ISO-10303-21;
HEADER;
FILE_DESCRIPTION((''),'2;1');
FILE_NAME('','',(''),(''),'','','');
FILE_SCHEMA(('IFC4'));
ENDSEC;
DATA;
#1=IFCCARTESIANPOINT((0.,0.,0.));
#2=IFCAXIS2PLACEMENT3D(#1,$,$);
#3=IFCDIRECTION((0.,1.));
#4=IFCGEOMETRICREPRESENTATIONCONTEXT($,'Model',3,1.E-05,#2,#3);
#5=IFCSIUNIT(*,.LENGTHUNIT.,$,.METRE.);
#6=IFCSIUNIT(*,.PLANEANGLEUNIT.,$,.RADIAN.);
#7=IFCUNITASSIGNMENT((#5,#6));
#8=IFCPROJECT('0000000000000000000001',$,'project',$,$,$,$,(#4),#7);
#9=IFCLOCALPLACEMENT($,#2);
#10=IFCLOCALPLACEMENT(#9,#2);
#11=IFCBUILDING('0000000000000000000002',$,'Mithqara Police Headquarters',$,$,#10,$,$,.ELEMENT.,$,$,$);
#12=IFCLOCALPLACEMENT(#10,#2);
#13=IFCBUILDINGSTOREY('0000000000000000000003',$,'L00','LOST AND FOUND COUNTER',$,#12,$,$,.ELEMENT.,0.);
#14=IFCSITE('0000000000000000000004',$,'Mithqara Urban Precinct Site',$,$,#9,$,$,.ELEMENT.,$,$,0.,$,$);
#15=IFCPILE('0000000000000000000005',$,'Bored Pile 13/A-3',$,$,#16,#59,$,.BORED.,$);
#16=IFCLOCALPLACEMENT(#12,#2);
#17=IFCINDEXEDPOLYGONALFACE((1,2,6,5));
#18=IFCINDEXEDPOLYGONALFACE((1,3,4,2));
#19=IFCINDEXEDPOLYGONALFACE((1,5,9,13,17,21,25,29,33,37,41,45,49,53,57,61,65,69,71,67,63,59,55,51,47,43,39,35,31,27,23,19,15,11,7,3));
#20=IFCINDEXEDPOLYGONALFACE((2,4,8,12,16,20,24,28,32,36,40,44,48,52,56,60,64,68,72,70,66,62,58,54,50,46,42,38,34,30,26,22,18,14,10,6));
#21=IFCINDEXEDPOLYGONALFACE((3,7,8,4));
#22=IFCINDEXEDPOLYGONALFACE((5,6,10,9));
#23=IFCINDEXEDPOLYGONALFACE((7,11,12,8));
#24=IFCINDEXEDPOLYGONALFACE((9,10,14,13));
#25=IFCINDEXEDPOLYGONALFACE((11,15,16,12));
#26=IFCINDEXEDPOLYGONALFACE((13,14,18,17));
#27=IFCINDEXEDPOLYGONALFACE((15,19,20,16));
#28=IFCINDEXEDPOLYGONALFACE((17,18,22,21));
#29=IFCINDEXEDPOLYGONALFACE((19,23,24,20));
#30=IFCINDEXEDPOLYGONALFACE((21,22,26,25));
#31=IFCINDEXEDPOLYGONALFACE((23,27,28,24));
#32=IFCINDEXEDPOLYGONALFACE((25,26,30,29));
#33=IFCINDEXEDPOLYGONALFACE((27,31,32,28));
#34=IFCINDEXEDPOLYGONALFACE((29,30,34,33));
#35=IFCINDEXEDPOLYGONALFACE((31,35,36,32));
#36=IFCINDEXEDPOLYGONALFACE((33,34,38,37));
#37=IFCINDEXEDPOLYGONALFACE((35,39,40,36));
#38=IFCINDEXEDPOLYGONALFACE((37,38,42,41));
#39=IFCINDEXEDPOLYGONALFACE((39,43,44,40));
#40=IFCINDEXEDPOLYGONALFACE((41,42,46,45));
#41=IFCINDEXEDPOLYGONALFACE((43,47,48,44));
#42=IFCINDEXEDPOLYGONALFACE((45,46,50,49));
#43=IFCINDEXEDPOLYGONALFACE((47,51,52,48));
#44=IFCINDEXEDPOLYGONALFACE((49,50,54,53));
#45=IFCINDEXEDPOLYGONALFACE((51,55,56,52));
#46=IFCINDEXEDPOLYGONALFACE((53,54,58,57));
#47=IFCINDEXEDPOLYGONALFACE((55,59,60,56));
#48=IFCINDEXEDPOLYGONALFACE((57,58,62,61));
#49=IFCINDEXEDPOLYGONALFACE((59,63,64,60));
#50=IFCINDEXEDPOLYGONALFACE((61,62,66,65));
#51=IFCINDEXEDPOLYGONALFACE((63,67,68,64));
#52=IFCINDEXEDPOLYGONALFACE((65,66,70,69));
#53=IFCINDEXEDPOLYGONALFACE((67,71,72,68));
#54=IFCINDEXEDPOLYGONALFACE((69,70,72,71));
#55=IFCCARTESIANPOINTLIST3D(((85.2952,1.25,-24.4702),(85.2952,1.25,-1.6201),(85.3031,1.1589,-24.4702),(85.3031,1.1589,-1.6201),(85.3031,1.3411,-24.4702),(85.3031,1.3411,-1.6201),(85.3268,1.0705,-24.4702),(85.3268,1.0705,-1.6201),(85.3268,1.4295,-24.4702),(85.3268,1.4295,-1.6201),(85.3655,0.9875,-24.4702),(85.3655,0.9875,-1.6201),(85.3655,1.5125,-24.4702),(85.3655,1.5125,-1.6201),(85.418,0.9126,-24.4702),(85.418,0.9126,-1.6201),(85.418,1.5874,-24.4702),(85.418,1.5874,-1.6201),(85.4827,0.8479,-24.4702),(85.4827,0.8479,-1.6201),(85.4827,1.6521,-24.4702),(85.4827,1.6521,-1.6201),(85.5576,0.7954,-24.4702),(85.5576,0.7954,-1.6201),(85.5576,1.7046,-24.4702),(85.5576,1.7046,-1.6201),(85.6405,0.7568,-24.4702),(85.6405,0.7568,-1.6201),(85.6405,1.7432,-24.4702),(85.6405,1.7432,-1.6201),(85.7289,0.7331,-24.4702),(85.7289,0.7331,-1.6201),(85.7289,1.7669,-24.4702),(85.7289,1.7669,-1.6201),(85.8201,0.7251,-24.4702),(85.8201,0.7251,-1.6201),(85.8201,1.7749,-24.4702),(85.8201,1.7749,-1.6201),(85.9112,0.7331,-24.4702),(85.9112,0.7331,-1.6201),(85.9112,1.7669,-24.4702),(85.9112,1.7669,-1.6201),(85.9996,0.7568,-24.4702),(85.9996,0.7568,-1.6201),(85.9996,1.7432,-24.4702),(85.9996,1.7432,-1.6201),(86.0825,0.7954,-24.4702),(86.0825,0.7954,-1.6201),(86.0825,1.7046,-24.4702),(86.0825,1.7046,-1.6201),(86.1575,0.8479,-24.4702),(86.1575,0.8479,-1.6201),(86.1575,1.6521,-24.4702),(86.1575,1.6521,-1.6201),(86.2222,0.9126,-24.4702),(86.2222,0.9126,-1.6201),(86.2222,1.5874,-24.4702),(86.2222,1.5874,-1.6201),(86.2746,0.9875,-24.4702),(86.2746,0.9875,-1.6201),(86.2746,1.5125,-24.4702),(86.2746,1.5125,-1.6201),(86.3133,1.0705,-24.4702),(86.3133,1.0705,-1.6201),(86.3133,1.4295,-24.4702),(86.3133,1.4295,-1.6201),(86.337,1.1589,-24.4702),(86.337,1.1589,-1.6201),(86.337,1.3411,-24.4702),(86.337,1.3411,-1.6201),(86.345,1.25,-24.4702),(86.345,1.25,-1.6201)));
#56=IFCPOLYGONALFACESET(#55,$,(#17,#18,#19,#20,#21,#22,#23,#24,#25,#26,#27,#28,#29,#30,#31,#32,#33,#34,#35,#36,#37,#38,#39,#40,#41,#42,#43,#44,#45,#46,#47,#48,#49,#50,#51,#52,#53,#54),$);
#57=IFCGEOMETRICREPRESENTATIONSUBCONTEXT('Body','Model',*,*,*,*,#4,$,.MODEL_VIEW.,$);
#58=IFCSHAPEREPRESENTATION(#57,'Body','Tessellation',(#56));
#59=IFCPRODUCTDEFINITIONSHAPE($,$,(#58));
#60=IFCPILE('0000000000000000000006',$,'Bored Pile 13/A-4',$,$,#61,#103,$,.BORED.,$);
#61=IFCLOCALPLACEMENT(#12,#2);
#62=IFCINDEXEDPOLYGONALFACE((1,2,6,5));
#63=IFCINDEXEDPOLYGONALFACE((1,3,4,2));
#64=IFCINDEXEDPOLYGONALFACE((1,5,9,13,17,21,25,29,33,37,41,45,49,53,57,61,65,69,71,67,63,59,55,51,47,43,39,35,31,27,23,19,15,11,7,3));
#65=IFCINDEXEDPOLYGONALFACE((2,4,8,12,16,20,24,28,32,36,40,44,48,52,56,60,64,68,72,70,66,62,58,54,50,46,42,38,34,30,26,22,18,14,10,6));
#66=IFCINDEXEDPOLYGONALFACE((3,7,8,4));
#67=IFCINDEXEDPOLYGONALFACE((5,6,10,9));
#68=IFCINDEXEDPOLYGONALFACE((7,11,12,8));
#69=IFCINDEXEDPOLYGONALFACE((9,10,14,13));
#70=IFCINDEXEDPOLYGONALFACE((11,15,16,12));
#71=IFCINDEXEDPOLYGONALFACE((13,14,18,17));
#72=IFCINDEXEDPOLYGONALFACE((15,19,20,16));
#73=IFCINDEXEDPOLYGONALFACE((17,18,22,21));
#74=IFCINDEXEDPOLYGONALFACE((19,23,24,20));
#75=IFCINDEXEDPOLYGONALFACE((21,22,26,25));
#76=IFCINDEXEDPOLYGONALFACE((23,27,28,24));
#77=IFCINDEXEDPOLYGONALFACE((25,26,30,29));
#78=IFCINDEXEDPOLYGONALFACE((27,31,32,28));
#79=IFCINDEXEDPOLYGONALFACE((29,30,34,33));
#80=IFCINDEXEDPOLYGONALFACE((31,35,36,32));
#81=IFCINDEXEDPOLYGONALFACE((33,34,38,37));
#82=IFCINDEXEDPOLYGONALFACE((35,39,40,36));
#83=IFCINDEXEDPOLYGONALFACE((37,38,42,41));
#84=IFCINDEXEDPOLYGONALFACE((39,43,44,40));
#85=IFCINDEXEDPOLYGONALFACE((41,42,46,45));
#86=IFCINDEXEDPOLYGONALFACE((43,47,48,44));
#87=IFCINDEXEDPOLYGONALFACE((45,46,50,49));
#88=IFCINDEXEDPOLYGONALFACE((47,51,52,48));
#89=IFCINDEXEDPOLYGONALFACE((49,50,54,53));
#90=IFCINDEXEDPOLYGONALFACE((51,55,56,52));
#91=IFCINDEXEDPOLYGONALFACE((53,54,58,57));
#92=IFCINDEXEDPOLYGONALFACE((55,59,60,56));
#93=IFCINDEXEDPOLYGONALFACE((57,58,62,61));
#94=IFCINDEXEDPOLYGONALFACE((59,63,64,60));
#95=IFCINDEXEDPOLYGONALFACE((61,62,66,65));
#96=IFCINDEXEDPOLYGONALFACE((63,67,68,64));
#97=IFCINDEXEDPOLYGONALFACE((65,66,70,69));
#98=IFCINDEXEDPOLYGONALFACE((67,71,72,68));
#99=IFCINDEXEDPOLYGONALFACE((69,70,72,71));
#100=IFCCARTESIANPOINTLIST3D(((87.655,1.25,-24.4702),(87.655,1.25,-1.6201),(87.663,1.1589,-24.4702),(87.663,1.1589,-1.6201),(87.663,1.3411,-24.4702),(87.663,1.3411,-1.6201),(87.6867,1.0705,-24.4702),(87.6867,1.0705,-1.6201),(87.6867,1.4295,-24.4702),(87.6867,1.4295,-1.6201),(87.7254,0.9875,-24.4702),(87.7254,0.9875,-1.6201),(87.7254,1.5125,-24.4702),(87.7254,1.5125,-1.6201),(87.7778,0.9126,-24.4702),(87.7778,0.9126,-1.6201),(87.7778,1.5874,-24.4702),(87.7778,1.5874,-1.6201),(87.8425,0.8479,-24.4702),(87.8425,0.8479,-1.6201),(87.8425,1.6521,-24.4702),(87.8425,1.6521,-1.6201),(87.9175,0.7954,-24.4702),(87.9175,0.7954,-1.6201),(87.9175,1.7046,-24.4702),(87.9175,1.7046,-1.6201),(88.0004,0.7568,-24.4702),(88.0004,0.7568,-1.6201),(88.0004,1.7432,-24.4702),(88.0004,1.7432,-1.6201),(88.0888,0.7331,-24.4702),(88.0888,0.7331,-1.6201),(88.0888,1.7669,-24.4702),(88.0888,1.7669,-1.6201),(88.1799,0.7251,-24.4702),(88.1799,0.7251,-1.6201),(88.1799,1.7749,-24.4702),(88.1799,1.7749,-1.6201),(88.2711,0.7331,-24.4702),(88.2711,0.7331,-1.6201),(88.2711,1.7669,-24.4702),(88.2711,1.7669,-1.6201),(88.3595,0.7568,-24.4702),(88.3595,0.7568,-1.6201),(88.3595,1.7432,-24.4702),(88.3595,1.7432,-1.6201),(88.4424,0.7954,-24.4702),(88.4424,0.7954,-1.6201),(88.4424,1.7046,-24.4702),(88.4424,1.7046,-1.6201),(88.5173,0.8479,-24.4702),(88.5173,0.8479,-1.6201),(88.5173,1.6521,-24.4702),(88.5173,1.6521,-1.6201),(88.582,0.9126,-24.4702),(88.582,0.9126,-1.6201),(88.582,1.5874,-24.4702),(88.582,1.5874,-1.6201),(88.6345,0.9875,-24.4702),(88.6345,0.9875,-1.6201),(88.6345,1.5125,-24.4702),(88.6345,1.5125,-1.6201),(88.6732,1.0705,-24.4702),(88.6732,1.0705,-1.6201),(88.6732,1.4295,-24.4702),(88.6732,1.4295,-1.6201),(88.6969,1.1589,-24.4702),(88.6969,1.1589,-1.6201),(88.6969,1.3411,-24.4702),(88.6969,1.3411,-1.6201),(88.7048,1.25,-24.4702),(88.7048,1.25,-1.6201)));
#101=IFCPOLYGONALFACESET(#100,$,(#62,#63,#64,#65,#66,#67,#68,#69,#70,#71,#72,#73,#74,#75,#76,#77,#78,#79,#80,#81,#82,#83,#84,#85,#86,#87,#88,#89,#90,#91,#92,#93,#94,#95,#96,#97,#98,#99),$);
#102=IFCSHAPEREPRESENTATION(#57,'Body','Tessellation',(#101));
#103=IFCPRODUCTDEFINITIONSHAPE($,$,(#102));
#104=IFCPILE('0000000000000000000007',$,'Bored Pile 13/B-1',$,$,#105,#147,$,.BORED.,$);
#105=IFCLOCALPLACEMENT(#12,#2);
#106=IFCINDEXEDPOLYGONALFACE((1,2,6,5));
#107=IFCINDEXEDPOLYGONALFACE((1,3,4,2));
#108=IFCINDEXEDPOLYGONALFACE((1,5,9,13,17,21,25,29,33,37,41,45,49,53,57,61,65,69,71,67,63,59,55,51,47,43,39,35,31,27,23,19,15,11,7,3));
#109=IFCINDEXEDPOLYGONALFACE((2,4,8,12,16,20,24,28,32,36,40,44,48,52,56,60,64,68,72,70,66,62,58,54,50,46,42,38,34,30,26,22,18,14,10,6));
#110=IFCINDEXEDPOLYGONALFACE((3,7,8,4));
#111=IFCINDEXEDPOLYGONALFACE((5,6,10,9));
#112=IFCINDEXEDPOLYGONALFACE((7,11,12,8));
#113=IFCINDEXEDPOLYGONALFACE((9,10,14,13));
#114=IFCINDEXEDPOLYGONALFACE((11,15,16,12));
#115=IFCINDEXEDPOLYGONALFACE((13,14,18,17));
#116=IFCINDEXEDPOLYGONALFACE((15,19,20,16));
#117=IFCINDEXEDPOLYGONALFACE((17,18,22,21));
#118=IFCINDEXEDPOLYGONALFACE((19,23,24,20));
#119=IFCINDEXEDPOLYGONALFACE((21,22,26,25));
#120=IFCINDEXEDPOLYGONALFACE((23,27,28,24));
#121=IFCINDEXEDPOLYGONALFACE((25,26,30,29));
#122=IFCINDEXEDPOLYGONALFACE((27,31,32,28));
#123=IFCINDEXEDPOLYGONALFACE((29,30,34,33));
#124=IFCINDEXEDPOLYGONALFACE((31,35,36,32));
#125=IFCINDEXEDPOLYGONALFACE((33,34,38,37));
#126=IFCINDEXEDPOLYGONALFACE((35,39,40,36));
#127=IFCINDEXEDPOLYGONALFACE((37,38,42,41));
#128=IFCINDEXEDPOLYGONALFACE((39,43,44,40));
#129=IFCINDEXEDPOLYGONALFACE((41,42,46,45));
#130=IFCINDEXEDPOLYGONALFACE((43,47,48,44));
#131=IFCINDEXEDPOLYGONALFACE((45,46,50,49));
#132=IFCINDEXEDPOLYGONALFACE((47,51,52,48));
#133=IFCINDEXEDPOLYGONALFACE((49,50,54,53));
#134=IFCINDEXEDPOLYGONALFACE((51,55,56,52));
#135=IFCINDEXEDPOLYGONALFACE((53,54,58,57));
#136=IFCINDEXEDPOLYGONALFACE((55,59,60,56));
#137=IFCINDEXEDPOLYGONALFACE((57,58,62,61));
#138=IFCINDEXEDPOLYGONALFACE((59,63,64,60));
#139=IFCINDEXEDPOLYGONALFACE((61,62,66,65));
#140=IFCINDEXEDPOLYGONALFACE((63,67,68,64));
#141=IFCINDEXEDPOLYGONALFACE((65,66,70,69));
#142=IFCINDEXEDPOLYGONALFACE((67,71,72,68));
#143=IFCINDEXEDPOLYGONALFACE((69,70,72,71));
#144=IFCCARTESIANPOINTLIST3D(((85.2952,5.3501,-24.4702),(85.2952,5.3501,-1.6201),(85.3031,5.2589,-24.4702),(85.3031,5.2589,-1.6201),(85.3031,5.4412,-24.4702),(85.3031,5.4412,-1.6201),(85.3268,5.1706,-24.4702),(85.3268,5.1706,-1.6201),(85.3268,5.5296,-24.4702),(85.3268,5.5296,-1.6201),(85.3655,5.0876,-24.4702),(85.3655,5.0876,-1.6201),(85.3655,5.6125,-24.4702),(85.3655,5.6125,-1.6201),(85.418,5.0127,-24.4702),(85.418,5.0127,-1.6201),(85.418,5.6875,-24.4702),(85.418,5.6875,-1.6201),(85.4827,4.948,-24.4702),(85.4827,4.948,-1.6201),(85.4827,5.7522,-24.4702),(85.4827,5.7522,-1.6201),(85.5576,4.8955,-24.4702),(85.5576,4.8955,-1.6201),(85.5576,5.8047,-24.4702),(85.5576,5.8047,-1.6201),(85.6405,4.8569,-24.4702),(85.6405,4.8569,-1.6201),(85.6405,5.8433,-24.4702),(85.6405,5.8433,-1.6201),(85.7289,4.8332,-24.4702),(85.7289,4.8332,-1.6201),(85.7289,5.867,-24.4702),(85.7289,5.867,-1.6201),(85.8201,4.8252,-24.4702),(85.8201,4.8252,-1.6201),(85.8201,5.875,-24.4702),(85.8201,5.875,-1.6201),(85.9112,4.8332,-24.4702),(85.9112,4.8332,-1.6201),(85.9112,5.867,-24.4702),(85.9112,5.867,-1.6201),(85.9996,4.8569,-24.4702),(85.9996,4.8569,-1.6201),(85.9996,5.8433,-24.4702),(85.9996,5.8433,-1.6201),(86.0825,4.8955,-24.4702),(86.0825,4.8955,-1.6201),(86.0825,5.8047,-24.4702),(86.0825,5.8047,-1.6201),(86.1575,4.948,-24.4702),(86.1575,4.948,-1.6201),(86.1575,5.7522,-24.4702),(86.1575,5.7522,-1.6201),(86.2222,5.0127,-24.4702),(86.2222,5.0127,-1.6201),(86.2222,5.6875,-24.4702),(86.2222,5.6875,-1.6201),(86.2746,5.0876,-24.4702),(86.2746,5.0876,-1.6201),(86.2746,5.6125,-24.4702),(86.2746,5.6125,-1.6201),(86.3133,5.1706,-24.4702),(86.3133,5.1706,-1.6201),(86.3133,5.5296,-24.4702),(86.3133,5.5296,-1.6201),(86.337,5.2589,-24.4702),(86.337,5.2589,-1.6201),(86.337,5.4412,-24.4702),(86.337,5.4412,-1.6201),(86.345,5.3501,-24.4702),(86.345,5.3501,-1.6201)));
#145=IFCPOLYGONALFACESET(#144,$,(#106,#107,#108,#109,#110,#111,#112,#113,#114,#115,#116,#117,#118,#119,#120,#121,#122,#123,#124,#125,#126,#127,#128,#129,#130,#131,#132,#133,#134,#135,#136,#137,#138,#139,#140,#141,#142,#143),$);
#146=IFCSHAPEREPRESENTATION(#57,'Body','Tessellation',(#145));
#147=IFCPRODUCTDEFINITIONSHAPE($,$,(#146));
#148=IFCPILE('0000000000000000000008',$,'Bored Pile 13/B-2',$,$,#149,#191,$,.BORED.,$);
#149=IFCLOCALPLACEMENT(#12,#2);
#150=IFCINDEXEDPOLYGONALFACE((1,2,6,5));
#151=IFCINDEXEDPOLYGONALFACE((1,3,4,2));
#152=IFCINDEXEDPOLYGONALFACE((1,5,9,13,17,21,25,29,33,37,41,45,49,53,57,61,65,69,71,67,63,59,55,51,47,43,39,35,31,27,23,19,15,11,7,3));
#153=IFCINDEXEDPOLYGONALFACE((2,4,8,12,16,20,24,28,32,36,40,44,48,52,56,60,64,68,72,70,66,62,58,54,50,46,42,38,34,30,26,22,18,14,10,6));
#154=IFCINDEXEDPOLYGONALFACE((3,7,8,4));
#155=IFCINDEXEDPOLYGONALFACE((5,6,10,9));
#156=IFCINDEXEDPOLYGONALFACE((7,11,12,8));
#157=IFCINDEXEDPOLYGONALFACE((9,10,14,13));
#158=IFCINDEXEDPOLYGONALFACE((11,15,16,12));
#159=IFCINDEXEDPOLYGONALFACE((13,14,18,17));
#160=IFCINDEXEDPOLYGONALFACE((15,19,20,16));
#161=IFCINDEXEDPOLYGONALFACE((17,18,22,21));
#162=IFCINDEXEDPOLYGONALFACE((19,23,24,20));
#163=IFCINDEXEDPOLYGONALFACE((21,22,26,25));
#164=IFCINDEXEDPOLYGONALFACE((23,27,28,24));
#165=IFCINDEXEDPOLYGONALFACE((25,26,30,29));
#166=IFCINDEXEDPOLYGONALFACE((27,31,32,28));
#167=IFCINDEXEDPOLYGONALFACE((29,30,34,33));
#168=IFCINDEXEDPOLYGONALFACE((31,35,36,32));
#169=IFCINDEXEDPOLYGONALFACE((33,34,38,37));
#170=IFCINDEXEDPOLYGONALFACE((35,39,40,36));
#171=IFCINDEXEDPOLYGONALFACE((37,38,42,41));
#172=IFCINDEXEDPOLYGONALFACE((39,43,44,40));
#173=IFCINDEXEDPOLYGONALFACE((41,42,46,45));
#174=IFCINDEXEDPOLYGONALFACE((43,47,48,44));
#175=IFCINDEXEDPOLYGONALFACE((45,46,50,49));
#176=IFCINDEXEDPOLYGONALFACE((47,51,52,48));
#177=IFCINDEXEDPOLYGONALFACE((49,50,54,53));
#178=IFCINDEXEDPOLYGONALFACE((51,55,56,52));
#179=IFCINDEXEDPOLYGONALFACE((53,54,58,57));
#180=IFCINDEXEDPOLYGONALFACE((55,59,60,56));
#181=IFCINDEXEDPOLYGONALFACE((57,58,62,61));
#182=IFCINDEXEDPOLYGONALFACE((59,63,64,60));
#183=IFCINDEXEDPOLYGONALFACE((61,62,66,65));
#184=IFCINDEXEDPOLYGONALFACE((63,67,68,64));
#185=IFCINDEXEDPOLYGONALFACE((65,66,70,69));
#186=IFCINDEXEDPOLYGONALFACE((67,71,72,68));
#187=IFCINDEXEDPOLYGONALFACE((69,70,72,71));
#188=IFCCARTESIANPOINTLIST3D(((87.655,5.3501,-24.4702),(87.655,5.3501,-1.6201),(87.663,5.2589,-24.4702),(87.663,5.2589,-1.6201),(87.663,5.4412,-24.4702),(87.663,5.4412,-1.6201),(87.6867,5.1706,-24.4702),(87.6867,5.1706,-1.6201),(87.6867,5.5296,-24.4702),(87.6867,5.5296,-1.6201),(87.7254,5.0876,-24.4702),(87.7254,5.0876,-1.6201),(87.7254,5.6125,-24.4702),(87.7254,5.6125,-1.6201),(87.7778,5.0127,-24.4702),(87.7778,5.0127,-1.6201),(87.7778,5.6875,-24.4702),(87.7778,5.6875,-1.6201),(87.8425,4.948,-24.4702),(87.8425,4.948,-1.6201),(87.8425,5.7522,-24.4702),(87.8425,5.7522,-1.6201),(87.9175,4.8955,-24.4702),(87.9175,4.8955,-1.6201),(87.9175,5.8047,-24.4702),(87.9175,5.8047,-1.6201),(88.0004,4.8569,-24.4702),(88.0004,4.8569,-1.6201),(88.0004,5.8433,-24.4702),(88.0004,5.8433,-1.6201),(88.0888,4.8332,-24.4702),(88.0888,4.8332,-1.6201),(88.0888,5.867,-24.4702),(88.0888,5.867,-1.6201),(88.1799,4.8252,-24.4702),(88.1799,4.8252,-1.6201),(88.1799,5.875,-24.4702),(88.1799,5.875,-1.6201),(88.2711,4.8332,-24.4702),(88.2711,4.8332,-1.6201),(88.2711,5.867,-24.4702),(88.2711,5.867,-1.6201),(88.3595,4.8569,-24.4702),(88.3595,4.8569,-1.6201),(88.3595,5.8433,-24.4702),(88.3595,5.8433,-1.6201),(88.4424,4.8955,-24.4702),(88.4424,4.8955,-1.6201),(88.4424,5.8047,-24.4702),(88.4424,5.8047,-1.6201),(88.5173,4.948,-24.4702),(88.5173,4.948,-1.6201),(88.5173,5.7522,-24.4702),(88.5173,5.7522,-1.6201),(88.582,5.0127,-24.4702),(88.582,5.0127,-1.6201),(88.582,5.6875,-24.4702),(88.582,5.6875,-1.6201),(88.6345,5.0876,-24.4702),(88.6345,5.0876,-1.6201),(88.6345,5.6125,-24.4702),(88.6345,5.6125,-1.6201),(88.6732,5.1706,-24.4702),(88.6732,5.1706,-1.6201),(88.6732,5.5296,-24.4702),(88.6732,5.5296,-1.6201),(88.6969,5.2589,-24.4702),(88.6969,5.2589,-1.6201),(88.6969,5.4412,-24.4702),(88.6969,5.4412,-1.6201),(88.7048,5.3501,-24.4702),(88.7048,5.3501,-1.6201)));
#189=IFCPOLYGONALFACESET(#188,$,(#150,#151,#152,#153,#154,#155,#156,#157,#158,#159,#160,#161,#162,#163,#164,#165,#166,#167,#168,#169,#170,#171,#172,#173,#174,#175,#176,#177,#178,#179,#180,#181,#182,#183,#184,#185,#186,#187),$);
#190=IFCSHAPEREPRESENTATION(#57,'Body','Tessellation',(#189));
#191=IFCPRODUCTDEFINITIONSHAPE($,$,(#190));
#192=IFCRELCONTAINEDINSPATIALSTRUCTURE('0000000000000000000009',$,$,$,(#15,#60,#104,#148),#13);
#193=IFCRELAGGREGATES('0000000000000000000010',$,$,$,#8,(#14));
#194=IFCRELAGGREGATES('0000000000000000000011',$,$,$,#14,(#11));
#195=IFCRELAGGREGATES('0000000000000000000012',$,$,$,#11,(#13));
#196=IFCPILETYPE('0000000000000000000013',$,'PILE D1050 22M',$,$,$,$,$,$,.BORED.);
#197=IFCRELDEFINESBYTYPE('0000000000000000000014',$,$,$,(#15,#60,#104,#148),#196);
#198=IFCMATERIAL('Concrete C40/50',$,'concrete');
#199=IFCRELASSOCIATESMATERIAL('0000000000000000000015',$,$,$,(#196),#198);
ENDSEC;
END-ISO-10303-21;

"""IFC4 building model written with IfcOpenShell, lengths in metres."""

from ifc_helpers import new_model, si_unit, direction, frame, origin, origin_2d, place, context, subcontext, project, spatial, circle, extrude, material, material_profile, profile_set, type_object, element, save


model = new_model("IFC4")

# Units and contexts
model_context = context("Model", 3, precision=1e-05, world=origin(), true_north=direction((0.0, 1.0)))
body_context = subcontext(model_context, "Body", "Model", "MODEL_VIEW")
ifc_project = project(units=[si_unit("LENGTHUNIT", "METRE"), si_unit("PLANEANGLEUNIT", "RADIAN")], contexts=[model_context])

# Site, building, storey
site_placement = place(None, origin())
site = spatial("IfcSite", under=ifc_project, at=site_placement, Name="Mithqara Urban Precinct Site", CompositionType="ELEMENT", RefElevation=0.0)
building_placement = place(site_placement, origin())
building = spatial("IfcBuilding", under=site, at=building_placement, Name="Mithqara Police Headquarters", CompositionType="ELEMENT")
storey_placement = place(building_placement, origin())
storey = spatial("IfcBuildingStorey", under=building, at=storey_placement, Name="L00", Description="LOST AND FOUND COUNTER", CompositionType="ELEMENT", Elevation=0.0)

# Shared definitions
ifc_material_1 = material(Name="Concrete C40/50", Category="concrete")

# Piles
ifc_material_profile_1 = material_profile(ifc_material_1, circle(Radius=0.5249, at=origin_2d()), Name="PILE D1050")
ifc_profile_set_1 = profile_set([ifc_material_profile_1], Name="Concrete C40/50")
pile_type = type_object("IfcPileType", Name="PILE D1050 22M", PredefinedType="BORED", material=ifc_profile_set_1)
for number, where, z_axis, x_axis, name in (
    (1, (85.8201, 1.25, -1.6201), (0.0, 0.0, -1.0), (1.0, 0.0, 0.0), "Bored Pile 13/A-3"),
    (2, (88.1799, 1.25, -1.6201), (0.0, 0.0, -1.0), (1.0, 0.0, 0.0), "Bored Pile 13/A-4"),
    (3, (85.8201, 5.3501, -1.6201), (0.0, 0.0, -1.0), (1.0, 0.0, 0.0), "Bored Pile 13/B-1"),
    (4, (88.1799, 5.3501, -1.6201), (0.0, 0.0, -1.0), (1.0, 0.0, 0.0), "Bored Pile 13/B-2"),
):
    element("IfcPile", number, at=place(storey_placement, frame(where, z_axis=z_axis, x_axis=x_axis)), inside=storey, type_object=pile_type, Name=name, PredefinedType="BORED", context=body_context, shape_type="SweptSolid", body=[
        extrude(circle(Radius=0.5249, at=origin_2d()), origin(), (0.0, 0.0, 1.0), 22.8501),
    ])

save(model, "model.ifc")
